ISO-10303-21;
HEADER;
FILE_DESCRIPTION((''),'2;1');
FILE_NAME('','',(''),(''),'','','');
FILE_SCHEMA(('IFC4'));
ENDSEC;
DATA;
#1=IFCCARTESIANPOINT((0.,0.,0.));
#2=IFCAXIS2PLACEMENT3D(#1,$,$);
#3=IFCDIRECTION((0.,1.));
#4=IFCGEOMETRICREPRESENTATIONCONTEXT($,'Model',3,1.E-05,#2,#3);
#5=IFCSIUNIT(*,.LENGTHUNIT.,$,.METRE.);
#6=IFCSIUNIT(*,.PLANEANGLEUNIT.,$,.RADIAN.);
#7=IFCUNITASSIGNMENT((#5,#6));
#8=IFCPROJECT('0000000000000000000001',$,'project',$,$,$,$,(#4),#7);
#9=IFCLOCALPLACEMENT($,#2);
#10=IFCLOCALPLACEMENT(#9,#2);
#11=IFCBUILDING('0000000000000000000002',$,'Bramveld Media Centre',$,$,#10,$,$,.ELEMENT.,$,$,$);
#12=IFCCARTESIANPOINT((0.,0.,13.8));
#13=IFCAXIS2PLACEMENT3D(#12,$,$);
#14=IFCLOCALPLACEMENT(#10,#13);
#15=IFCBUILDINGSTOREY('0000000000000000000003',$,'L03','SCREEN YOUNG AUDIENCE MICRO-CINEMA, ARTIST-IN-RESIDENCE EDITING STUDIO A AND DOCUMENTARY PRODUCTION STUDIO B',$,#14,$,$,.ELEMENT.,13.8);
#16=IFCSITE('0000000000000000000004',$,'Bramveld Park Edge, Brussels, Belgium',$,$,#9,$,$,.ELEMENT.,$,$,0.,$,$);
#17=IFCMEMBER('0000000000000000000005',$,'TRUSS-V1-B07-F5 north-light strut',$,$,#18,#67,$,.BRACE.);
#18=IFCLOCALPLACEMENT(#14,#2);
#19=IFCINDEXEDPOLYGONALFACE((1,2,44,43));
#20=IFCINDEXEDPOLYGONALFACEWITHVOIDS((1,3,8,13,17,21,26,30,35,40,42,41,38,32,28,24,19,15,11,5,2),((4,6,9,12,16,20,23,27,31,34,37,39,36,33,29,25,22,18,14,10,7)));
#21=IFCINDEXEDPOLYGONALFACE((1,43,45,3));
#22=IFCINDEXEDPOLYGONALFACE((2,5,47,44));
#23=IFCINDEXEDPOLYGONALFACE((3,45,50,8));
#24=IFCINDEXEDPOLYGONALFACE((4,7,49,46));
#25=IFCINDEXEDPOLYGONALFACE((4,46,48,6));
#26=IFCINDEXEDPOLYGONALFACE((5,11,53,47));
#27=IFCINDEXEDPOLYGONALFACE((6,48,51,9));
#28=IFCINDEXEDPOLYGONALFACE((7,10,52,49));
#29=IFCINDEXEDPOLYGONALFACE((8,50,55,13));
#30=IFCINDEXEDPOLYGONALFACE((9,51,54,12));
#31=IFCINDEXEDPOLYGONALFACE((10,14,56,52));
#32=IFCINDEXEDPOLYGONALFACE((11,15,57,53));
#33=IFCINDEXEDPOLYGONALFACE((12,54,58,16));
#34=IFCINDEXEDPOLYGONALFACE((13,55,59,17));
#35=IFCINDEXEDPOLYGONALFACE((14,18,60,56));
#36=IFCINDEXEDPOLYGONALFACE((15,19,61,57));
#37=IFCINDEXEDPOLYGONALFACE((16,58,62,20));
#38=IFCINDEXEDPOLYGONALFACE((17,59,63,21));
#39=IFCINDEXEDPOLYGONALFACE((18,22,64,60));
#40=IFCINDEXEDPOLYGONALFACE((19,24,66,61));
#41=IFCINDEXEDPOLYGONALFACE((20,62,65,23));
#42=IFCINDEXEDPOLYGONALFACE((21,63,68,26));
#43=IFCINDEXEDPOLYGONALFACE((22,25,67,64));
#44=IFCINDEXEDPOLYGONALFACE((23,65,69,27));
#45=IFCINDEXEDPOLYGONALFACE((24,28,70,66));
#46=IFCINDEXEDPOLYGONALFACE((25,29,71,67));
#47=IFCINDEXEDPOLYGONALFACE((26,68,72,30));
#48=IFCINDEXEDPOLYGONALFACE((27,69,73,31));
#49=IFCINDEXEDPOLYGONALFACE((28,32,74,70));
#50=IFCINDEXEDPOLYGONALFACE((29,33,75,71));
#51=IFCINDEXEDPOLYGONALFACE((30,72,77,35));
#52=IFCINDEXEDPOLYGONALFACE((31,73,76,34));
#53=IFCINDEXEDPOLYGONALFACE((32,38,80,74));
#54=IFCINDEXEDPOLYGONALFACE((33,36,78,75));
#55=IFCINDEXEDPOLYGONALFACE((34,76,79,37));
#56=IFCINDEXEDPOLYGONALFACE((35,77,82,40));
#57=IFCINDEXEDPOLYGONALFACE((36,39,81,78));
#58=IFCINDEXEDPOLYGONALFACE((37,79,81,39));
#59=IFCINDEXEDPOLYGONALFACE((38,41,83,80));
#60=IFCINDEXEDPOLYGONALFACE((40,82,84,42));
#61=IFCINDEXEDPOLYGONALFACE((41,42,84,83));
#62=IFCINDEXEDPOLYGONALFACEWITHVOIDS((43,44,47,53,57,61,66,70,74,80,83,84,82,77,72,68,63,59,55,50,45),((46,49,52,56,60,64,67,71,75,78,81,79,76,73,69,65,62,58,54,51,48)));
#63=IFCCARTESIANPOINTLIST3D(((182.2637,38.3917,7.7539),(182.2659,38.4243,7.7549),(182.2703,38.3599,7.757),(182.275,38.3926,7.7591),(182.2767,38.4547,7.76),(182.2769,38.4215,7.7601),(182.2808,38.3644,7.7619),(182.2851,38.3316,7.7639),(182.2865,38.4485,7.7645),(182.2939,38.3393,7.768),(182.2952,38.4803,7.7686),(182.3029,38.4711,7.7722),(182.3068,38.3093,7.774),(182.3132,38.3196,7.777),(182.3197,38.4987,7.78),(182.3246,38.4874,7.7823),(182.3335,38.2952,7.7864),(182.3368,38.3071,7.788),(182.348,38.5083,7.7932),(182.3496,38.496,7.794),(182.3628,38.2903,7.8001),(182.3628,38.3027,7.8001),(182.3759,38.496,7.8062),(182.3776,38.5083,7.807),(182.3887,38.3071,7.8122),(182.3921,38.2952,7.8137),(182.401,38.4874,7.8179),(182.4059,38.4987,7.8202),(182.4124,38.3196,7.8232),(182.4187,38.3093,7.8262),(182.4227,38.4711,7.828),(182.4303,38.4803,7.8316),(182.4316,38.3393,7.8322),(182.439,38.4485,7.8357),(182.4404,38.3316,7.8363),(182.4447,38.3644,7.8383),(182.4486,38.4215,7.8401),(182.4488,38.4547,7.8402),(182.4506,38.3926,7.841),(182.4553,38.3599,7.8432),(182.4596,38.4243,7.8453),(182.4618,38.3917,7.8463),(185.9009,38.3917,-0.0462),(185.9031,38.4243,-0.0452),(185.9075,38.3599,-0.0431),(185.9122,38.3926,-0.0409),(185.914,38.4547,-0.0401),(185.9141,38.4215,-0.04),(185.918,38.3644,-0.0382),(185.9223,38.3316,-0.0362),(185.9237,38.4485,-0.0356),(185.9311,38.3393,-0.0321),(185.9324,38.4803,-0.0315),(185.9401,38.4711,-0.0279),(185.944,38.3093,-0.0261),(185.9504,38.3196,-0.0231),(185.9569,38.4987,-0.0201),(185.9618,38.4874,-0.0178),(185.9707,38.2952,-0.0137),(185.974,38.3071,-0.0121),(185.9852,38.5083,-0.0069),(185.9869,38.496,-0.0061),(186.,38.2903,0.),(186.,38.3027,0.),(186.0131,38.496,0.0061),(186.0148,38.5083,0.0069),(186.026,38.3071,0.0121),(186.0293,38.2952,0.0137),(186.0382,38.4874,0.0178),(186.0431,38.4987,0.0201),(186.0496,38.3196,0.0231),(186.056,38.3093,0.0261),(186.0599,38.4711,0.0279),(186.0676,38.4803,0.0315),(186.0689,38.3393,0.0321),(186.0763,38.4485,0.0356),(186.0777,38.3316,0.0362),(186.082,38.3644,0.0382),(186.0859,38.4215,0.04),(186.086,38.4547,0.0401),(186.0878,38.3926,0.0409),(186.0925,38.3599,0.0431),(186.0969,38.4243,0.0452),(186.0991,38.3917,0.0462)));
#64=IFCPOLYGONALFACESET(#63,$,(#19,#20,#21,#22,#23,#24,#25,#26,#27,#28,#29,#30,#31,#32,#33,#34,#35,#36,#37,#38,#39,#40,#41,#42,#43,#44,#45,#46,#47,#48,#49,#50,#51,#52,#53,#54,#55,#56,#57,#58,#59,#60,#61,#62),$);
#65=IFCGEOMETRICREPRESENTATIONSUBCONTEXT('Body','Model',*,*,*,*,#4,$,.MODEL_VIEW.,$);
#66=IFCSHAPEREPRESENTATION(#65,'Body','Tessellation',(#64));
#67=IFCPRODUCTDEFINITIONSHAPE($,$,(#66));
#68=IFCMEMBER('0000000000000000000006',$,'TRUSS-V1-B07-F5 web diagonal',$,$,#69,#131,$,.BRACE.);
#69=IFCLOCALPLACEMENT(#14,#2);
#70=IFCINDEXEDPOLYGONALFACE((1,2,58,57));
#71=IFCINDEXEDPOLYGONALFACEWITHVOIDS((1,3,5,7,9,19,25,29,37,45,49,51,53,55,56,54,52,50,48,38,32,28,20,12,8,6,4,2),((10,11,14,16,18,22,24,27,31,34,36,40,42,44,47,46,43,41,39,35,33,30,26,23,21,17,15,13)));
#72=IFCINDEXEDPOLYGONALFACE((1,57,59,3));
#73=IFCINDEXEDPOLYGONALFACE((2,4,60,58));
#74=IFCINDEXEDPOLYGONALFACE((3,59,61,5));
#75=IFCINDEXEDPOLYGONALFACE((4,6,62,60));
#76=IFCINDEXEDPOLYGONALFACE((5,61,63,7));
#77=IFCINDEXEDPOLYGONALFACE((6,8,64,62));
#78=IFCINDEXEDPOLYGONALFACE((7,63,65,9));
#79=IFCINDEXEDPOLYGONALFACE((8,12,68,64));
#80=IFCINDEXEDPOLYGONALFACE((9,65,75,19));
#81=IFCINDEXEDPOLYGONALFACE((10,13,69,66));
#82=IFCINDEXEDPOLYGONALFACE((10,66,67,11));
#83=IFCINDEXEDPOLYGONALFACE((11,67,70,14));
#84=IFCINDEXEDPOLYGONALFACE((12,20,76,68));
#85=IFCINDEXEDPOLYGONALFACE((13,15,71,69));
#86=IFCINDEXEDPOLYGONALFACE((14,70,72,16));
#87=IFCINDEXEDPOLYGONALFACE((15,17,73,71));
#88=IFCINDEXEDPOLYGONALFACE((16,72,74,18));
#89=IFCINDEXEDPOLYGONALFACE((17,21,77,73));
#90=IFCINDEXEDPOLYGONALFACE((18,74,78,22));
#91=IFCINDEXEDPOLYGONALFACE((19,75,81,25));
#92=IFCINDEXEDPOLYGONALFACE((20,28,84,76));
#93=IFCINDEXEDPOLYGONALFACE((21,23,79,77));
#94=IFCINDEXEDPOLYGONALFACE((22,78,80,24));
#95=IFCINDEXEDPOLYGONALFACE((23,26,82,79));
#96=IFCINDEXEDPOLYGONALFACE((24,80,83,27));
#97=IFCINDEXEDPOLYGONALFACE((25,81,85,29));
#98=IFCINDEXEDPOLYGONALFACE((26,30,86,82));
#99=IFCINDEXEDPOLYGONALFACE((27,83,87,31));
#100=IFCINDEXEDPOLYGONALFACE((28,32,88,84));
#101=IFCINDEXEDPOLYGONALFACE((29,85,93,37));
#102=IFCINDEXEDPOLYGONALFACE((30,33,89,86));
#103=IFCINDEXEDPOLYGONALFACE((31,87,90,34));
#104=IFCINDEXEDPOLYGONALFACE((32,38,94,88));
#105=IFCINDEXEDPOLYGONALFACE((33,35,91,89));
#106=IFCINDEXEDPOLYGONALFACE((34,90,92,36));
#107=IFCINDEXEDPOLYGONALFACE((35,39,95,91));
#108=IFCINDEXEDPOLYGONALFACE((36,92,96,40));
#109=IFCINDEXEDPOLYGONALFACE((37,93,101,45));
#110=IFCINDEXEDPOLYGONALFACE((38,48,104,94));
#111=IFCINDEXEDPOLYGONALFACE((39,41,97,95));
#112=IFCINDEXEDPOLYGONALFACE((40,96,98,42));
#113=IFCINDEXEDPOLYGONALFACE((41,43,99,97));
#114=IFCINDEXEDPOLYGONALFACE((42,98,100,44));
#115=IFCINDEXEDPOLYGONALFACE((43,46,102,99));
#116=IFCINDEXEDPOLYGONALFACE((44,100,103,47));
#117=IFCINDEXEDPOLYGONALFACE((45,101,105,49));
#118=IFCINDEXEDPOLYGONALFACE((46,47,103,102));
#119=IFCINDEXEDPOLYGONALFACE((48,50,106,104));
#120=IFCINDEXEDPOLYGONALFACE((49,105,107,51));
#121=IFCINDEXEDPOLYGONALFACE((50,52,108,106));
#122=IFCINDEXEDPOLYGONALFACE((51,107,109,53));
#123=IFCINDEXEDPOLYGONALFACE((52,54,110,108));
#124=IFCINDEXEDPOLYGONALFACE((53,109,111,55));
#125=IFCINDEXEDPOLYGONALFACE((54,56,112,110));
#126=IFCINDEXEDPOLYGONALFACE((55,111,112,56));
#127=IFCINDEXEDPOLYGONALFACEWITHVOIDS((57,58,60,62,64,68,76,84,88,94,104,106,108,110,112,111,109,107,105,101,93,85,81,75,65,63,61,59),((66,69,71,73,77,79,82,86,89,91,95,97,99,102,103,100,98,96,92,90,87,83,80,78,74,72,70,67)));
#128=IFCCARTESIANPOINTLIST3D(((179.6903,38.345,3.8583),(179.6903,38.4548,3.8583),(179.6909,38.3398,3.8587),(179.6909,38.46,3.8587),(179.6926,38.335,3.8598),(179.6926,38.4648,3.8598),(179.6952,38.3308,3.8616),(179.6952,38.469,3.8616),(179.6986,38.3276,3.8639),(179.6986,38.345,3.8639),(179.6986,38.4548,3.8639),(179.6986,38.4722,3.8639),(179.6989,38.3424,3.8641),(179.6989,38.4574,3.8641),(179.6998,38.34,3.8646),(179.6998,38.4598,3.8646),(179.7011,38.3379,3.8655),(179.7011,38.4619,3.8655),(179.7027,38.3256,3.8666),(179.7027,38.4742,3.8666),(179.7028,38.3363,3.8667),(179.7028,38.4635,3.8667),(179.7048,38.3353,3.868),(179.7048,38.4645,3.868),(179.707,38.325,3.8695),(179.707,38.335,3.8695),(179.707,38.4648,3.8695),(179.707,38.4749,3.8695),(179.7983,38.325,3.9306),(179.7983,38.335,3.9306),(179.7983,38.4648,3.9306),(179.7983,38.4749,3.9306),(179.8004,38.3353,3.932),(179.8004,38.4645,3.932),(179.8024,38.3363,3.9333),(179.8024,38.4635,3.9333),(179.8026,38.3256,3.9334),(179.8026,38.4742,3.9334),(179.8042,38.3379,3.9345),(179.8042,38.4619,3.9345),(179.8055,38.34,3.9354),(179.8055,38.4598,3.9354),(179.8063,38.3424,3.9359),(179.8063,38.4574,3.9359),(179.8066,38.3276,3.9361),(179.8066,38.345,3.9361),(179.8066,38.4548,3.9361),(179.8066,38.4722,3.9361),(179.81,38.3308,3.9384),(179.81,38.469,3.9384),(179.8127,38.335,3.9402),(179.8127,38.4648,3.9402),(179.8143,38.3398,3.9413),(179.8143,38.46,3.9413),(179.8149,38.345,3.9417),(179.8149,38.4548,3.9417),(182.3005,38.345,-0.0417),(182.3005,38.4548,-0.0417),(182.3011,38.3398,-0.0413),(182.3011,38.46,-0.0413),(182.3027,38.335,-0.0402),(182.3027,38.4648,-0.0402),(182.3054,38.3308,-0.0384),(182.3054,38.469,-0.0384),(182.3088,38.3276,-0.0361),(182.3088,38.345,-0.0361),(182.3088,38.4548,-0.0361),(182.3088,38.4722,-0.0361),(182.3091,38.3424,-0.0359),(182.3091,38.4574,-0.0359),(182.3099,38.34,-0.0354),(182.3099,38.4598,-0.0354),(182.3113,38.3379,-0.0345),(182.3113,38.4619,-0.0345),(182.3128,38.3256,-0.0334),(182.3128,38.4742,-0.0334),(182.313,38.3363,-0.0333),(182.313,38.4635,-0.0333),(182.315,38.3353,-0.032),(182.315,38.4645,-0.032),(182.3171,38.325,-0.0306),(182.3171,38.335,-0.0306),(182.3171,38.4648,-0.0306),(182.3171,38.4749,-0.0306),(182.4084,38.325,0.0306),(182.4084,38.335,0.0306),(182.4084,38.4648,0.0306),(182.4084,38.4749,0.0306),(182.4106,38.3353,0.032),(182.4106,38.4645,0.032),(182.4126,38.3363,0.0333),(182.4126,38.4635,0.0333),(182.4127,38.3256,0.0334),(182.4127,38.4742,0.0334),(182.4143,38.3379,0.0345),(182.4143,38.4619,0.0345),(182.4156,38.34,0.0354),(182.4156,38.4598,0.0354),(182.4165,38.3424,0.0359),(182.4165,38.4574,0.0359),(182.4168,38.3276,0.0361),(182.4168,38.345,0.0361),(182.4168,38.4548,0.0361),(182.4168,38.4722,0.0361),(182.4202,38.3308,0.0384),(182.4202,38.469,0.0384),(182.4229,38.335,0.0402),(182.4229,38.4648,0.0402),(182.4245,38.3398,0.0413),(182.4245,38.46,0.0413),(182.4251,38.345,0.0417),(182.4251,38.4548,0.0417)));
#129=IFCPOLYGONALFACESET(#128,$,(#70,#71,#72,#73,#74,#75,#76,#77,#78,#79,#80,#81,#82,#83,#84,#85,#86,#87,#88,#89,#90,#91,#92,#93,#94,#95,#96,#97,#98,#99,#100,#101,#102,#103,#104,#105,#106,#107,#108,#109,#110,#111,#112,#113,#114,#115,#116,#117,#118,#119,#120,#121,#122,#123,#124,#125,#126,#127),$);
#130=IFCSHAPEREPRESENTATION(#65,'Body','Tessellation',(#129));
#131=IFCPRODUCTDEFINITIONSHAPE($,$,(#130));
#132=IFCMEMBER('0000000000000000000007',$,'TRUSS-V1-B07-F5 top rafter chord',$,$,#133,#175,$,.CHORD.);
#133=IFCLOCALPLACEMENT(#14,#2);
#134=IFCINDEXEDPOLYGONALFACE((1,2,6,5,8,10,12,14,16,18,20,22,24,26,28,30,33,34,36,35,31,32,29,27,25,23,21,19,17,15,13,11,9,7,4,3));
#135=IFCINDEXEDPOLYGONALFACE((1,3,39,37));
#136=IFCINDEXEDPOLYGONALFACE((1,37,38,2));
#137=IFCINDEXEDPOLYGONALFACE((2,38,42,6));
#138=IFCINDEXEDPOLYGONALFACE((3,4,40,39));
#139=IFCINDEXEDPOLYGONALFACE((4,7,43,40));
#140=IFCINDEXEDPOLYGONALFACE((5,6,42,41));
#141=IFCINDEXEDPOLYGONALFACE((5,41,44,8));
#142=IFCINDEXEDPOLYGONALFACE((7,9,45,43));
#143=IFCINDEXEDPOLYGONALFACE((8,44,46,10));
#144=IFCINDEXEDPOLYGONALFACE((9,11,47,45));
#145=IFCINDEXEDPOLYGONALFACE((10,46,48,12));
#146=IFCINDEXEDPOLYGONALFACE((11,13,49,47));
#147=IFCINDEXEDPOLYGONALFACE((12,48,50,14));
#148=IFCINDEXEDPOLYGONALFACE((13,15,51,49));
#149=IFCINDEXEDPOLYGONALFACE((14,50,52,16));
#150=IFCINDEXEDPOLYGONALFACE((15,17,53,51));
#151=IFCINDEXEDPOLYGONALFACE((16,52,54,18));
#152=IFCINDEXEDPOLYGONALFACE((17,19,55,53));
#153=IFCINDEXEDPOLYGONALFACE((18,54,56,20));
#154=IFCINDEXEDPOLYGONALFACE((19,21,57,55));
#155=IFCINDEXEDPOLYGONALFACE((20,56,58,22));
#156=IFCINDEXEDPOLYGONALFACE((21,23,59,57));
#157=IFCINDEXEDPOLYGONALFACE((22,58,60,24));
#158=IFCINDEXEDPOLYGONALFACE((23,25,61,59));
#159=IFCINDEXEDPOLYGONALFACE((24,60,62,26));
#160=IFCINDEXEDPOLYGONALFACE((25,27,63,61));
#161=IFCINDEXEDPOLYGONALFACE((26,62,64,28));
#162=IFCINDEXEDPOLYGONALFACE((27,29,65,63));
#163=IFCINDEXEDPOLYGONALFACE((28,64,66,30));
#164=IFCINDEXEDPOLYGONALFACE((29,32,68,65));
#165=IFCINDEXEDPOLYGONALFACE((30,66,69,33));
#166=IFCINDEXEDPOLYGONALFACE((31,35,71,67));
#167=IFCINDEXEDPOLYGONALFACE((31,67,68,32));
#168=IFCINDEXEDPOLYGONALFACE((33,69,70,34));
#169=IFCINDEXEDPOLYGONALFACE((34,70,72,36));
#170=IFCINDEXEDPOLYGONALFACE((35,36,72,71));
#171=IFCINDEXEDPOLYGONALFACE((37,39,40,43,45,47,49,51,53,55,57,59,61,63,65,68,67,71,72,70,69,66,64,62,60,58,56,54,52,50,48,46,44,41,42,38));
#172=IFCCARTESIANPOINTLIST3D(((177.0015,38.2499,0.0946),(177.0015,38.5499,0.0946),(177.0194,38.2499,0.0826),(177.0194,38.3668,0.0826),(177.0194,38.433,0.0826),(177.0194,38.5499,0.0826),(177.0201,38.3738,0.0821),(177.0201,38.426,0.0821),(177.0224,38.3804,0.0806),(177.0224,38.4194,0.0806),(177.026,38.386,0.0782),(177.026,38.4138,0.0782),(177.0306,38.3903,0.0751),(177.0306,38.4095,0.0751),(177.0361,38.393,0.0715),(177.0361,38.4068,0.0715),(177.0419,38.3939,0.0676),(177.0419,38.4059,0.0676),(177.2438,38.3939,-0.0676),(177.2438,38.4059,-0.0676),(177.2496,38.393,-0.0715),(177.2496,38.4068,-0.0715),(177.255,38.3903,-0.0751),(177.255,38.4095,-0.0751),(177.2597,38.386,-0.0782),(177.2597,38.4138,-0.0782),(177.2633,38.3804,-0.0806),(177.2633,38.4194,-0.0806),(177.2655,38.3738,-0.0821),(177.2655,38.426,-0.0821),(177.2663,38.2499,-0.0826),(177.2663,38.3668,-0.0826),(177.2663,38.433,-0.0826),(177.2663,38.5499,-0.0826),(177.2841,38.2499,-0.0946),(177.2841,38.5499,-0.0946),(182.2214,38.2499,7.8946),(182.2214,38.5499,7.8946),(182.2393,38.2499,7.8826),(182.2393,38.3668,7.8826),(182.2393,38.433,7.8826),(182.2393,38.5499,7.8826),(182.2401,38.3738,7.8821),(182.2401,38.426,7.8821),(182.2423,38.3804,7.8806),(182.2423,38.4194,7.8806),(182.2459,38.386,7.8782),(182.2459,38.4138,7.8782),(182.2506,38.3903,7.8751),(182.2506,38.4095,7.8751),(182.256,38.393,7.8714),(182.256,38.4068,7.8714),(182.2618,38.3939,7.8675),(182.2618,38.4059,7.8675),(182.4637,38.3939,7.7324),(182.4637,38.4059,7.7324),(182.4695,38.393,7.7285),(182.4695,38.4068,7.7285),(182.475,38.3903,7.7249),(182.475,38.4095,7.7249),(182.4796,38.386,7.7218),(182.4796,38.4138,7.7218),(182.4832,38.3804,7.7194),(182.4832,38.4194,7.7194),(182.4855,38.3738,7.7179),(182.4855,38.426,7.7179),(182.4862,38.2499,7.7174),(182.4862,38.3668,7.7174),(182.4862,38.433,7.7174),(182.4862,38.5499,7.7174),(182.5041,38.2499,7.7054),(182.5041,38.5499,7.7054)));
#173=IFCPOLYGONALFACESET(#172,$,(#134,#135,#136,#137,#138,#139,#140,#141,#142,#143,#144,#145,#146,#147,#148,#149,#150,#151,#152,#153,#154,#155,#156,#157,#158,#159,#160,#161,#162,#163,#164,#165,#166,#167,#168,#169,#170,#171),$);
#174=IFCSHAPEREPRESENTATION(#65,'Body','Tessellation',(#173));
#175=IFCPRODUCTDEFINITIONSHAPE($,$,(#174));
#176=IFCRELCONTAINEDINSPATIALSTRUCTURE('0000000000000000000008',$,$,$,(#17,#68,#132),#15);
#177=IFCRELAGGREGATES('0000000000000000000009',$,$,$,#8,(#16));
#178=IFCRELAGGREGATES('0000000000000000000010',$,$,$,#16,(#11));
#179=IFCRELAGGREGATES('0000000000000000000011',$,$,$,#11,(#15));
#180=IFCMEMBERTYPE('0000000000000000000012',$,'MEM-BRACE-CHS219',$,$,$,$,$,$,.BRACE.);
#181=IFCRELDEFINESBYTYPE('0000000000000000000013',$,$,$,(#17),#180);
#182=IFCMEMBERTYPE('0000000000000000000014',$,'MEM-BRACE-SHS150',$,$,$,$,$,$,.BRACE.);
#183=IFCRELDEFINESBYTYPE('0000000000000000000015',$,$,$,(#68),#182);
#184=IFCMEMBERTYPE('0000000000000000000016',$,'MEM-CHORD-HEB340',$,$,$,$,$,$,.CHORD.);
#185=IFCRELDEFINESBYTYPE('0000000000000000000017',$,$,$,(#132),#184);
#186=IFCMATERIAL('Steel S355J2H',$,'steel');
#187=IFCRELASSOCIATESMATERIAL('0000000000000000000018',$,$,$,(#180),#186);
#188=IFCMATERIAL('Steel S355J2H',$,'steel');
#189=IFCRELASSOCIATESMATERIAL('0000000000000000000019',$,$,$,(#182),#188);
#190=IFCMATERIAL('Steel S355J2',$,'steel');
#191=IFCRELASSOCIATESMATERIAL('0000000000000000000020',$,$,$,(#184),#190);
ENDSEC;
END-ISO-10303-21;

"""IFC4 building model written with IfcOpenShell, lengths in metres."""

from ifc_helpers import new_model, si_unit, direction, frame, origin, origin_2d, place, context, subcontext, project, spatial, hollow_rectangle, hollow_circle, i_section, extrude, material, material_profile, profile_set, type_object, element, save


model = new_model("IFC4")

# Units and contexts
model_context = context("Model", 3, precision=1e-05, world=origin(), true_north=direction((0.0, 1.0)))
body_context = subcontext(model_context, "Body", "Model", "MODEL_VIEW")
ifc_project = project(units=[si_unit("LENGTHUNIT", "METRE"), si_unit("PLANEANGLEUNIT", "RADIAN")], contexts=[model_context])

# Site, building, storey
site_placement = place(None, origin())
site = spatial("IfcSite", under=ifc_project, at=site_placement, Name="Bramveld Park Edge, Brussels, Belgium", CompositionType="ELEMENT", RefElevation=0.0)
building_placement = place(site_placement, origin())
building = spatial("IfcBuilding", under=site, at=building_placement, Name="Bramveld Media Centre", CompositionType="ELEMENT")
storey_placement = place(building_placement, frame((0.0, 0.0, 13.8)))
storey = spatial("IfcBuildingStorey", under=building, at=storey_placement, Name="L03", Description="SCREEN YOUNG AUDIENCE MICRO-CINEMA, ARTIST-IN-RESIDENCE EDITING STUDIO A AND DOCUMENTARY PRODUCTION STUDIO B", CompositionType="ELEMENT", Elevation=13.8)

# Members
ifc_material_1 = material(Name="Steel S355J2H", Category="steel")
ifc_material_profile_1 = material_profile(ifc_material_1, hollow_circle(Radius=0.1096, WallThickness=0.0125, at=origin_2d()), Name="CHS 219.1x12.5")
ifc_profile_set_1 = profile_set([ifc_material_profile_1], Name="Steel S355J2H")
member_type_1 = type_object("IfcMemberType", Name="MEM-BRACE-CHS219", PredefinedType="BRACE", material=ifc_profile_set_1)
for number, where, z_axis, x_axis, name in (
    (1, (186.0, 38.3999, 0.0), (-0.422617, 0.0, 0.906308), (0.0, -1.0, 0.0), "TRUSS-V1-B07-F5 north-light strut"),
):
    element("IfcMember", number, at=place(storey_placement, frame(where, z_axis=z_axis, x_axis=x_axis)), inside=storey, type_object=member_type_1, Name=name, PredefinedType="BRACE", context=body_context, shape_type="SweptSolid", body=[
        extrude(hollow_circle(Radius=0.1096, WallThickness=0.0125, at=origin_2d()), origin(), (0.0, 0.0, 1.0), 8.6064),
    ])
ifc_material_2 = material(Name="Steel S355J2H", Category="steel")
ifc_material_profile_2 = material_profile(ifc_material_2, hollow_rectangle(XDim=0.1499, YDim=0.1499, WallThickness=0.01, InnerFilletRadius=0.01, OuterFilletRadius=0.02, at=origin_2d()), Name="SHS 150x150x10")
ifc_profile_set_2 = profile_set([ifc_material_profile_2], Name="Steel S355J2H")
member_type_2 = type_object("IfcMemberType", Name="MEM-BRACE-SHS150", PredefinedType="BRACE", material=ifc_profile_set_2)
member_1_placement = place(storey_placement, frame((182.3628, 38.3999, 0.0), z_axis=(-0.5562, 0.0, 0.831048), x_axis=(0.0, -1.0, 0.0)))
element("IfcMember", 2, at=member_1_placement, inside=storey, type_object=member_type_2, Name="TRUSS-V1-B07-F5 web diagonal", PredefinedType="BRACE", context=body_context, shape_type="SweptSolid", body=[
    extrude(hollow_rectangle(XDim=0.1499, YDim=0.1499, WallThickness=0.01, InnerFilletRadius=0.01, OuterFilletRadius=0.02, at=origin_2d()), origin(), (0.0, 0.0, 1.0), 4.6929),
])
ifc_material_3 = material(Name="Steel S355J2", Category="steel")
ifc_material_profile_3 = material_profile(ifc_material_3, i_section(OverallWidth=0.3, OverallDepth=0.3401, WebThickness=0.012, FlangeThickness=0.0215, FilletRadius=0.0271, at=origin_2d()), Name="HEB 340")
ifc_profile_set_3 = profile_set([ifc_material_profile_3], Name="Steel S355J2")
member_type_3 = type_object("IfcMemberType", Name="MEM-CHORD-HEB340", PredefinedType="CHORD", material=ifc_profile_set_3)
member_2_placement = place(storey_placement, frame((177.1428, 38.3999, 0.0), z_axis=(0.55617, 0.0, 0.831069), x_axis=(0.0, 1.0, 0.0)))
element("IfcMember", 3, at=member_2_placement, inside=storey, type_object=member_type_3, Name="TRUSS-V1-B07-F5 top rafter chord", PredefinedType="CHORD", context=body_context, shape_type="SweptSolid", body=[
    extrude(i_section(OverallWidth=0.3, OverallDepth=0.3401, WebThickness=0.012, FlangeThickness=0.0215, FilletRadius=0.0271, at=origin_2d()), origin(), (0.0, 0.0, 1.0), 9.3855),
])

save(model, "model.ifc")
